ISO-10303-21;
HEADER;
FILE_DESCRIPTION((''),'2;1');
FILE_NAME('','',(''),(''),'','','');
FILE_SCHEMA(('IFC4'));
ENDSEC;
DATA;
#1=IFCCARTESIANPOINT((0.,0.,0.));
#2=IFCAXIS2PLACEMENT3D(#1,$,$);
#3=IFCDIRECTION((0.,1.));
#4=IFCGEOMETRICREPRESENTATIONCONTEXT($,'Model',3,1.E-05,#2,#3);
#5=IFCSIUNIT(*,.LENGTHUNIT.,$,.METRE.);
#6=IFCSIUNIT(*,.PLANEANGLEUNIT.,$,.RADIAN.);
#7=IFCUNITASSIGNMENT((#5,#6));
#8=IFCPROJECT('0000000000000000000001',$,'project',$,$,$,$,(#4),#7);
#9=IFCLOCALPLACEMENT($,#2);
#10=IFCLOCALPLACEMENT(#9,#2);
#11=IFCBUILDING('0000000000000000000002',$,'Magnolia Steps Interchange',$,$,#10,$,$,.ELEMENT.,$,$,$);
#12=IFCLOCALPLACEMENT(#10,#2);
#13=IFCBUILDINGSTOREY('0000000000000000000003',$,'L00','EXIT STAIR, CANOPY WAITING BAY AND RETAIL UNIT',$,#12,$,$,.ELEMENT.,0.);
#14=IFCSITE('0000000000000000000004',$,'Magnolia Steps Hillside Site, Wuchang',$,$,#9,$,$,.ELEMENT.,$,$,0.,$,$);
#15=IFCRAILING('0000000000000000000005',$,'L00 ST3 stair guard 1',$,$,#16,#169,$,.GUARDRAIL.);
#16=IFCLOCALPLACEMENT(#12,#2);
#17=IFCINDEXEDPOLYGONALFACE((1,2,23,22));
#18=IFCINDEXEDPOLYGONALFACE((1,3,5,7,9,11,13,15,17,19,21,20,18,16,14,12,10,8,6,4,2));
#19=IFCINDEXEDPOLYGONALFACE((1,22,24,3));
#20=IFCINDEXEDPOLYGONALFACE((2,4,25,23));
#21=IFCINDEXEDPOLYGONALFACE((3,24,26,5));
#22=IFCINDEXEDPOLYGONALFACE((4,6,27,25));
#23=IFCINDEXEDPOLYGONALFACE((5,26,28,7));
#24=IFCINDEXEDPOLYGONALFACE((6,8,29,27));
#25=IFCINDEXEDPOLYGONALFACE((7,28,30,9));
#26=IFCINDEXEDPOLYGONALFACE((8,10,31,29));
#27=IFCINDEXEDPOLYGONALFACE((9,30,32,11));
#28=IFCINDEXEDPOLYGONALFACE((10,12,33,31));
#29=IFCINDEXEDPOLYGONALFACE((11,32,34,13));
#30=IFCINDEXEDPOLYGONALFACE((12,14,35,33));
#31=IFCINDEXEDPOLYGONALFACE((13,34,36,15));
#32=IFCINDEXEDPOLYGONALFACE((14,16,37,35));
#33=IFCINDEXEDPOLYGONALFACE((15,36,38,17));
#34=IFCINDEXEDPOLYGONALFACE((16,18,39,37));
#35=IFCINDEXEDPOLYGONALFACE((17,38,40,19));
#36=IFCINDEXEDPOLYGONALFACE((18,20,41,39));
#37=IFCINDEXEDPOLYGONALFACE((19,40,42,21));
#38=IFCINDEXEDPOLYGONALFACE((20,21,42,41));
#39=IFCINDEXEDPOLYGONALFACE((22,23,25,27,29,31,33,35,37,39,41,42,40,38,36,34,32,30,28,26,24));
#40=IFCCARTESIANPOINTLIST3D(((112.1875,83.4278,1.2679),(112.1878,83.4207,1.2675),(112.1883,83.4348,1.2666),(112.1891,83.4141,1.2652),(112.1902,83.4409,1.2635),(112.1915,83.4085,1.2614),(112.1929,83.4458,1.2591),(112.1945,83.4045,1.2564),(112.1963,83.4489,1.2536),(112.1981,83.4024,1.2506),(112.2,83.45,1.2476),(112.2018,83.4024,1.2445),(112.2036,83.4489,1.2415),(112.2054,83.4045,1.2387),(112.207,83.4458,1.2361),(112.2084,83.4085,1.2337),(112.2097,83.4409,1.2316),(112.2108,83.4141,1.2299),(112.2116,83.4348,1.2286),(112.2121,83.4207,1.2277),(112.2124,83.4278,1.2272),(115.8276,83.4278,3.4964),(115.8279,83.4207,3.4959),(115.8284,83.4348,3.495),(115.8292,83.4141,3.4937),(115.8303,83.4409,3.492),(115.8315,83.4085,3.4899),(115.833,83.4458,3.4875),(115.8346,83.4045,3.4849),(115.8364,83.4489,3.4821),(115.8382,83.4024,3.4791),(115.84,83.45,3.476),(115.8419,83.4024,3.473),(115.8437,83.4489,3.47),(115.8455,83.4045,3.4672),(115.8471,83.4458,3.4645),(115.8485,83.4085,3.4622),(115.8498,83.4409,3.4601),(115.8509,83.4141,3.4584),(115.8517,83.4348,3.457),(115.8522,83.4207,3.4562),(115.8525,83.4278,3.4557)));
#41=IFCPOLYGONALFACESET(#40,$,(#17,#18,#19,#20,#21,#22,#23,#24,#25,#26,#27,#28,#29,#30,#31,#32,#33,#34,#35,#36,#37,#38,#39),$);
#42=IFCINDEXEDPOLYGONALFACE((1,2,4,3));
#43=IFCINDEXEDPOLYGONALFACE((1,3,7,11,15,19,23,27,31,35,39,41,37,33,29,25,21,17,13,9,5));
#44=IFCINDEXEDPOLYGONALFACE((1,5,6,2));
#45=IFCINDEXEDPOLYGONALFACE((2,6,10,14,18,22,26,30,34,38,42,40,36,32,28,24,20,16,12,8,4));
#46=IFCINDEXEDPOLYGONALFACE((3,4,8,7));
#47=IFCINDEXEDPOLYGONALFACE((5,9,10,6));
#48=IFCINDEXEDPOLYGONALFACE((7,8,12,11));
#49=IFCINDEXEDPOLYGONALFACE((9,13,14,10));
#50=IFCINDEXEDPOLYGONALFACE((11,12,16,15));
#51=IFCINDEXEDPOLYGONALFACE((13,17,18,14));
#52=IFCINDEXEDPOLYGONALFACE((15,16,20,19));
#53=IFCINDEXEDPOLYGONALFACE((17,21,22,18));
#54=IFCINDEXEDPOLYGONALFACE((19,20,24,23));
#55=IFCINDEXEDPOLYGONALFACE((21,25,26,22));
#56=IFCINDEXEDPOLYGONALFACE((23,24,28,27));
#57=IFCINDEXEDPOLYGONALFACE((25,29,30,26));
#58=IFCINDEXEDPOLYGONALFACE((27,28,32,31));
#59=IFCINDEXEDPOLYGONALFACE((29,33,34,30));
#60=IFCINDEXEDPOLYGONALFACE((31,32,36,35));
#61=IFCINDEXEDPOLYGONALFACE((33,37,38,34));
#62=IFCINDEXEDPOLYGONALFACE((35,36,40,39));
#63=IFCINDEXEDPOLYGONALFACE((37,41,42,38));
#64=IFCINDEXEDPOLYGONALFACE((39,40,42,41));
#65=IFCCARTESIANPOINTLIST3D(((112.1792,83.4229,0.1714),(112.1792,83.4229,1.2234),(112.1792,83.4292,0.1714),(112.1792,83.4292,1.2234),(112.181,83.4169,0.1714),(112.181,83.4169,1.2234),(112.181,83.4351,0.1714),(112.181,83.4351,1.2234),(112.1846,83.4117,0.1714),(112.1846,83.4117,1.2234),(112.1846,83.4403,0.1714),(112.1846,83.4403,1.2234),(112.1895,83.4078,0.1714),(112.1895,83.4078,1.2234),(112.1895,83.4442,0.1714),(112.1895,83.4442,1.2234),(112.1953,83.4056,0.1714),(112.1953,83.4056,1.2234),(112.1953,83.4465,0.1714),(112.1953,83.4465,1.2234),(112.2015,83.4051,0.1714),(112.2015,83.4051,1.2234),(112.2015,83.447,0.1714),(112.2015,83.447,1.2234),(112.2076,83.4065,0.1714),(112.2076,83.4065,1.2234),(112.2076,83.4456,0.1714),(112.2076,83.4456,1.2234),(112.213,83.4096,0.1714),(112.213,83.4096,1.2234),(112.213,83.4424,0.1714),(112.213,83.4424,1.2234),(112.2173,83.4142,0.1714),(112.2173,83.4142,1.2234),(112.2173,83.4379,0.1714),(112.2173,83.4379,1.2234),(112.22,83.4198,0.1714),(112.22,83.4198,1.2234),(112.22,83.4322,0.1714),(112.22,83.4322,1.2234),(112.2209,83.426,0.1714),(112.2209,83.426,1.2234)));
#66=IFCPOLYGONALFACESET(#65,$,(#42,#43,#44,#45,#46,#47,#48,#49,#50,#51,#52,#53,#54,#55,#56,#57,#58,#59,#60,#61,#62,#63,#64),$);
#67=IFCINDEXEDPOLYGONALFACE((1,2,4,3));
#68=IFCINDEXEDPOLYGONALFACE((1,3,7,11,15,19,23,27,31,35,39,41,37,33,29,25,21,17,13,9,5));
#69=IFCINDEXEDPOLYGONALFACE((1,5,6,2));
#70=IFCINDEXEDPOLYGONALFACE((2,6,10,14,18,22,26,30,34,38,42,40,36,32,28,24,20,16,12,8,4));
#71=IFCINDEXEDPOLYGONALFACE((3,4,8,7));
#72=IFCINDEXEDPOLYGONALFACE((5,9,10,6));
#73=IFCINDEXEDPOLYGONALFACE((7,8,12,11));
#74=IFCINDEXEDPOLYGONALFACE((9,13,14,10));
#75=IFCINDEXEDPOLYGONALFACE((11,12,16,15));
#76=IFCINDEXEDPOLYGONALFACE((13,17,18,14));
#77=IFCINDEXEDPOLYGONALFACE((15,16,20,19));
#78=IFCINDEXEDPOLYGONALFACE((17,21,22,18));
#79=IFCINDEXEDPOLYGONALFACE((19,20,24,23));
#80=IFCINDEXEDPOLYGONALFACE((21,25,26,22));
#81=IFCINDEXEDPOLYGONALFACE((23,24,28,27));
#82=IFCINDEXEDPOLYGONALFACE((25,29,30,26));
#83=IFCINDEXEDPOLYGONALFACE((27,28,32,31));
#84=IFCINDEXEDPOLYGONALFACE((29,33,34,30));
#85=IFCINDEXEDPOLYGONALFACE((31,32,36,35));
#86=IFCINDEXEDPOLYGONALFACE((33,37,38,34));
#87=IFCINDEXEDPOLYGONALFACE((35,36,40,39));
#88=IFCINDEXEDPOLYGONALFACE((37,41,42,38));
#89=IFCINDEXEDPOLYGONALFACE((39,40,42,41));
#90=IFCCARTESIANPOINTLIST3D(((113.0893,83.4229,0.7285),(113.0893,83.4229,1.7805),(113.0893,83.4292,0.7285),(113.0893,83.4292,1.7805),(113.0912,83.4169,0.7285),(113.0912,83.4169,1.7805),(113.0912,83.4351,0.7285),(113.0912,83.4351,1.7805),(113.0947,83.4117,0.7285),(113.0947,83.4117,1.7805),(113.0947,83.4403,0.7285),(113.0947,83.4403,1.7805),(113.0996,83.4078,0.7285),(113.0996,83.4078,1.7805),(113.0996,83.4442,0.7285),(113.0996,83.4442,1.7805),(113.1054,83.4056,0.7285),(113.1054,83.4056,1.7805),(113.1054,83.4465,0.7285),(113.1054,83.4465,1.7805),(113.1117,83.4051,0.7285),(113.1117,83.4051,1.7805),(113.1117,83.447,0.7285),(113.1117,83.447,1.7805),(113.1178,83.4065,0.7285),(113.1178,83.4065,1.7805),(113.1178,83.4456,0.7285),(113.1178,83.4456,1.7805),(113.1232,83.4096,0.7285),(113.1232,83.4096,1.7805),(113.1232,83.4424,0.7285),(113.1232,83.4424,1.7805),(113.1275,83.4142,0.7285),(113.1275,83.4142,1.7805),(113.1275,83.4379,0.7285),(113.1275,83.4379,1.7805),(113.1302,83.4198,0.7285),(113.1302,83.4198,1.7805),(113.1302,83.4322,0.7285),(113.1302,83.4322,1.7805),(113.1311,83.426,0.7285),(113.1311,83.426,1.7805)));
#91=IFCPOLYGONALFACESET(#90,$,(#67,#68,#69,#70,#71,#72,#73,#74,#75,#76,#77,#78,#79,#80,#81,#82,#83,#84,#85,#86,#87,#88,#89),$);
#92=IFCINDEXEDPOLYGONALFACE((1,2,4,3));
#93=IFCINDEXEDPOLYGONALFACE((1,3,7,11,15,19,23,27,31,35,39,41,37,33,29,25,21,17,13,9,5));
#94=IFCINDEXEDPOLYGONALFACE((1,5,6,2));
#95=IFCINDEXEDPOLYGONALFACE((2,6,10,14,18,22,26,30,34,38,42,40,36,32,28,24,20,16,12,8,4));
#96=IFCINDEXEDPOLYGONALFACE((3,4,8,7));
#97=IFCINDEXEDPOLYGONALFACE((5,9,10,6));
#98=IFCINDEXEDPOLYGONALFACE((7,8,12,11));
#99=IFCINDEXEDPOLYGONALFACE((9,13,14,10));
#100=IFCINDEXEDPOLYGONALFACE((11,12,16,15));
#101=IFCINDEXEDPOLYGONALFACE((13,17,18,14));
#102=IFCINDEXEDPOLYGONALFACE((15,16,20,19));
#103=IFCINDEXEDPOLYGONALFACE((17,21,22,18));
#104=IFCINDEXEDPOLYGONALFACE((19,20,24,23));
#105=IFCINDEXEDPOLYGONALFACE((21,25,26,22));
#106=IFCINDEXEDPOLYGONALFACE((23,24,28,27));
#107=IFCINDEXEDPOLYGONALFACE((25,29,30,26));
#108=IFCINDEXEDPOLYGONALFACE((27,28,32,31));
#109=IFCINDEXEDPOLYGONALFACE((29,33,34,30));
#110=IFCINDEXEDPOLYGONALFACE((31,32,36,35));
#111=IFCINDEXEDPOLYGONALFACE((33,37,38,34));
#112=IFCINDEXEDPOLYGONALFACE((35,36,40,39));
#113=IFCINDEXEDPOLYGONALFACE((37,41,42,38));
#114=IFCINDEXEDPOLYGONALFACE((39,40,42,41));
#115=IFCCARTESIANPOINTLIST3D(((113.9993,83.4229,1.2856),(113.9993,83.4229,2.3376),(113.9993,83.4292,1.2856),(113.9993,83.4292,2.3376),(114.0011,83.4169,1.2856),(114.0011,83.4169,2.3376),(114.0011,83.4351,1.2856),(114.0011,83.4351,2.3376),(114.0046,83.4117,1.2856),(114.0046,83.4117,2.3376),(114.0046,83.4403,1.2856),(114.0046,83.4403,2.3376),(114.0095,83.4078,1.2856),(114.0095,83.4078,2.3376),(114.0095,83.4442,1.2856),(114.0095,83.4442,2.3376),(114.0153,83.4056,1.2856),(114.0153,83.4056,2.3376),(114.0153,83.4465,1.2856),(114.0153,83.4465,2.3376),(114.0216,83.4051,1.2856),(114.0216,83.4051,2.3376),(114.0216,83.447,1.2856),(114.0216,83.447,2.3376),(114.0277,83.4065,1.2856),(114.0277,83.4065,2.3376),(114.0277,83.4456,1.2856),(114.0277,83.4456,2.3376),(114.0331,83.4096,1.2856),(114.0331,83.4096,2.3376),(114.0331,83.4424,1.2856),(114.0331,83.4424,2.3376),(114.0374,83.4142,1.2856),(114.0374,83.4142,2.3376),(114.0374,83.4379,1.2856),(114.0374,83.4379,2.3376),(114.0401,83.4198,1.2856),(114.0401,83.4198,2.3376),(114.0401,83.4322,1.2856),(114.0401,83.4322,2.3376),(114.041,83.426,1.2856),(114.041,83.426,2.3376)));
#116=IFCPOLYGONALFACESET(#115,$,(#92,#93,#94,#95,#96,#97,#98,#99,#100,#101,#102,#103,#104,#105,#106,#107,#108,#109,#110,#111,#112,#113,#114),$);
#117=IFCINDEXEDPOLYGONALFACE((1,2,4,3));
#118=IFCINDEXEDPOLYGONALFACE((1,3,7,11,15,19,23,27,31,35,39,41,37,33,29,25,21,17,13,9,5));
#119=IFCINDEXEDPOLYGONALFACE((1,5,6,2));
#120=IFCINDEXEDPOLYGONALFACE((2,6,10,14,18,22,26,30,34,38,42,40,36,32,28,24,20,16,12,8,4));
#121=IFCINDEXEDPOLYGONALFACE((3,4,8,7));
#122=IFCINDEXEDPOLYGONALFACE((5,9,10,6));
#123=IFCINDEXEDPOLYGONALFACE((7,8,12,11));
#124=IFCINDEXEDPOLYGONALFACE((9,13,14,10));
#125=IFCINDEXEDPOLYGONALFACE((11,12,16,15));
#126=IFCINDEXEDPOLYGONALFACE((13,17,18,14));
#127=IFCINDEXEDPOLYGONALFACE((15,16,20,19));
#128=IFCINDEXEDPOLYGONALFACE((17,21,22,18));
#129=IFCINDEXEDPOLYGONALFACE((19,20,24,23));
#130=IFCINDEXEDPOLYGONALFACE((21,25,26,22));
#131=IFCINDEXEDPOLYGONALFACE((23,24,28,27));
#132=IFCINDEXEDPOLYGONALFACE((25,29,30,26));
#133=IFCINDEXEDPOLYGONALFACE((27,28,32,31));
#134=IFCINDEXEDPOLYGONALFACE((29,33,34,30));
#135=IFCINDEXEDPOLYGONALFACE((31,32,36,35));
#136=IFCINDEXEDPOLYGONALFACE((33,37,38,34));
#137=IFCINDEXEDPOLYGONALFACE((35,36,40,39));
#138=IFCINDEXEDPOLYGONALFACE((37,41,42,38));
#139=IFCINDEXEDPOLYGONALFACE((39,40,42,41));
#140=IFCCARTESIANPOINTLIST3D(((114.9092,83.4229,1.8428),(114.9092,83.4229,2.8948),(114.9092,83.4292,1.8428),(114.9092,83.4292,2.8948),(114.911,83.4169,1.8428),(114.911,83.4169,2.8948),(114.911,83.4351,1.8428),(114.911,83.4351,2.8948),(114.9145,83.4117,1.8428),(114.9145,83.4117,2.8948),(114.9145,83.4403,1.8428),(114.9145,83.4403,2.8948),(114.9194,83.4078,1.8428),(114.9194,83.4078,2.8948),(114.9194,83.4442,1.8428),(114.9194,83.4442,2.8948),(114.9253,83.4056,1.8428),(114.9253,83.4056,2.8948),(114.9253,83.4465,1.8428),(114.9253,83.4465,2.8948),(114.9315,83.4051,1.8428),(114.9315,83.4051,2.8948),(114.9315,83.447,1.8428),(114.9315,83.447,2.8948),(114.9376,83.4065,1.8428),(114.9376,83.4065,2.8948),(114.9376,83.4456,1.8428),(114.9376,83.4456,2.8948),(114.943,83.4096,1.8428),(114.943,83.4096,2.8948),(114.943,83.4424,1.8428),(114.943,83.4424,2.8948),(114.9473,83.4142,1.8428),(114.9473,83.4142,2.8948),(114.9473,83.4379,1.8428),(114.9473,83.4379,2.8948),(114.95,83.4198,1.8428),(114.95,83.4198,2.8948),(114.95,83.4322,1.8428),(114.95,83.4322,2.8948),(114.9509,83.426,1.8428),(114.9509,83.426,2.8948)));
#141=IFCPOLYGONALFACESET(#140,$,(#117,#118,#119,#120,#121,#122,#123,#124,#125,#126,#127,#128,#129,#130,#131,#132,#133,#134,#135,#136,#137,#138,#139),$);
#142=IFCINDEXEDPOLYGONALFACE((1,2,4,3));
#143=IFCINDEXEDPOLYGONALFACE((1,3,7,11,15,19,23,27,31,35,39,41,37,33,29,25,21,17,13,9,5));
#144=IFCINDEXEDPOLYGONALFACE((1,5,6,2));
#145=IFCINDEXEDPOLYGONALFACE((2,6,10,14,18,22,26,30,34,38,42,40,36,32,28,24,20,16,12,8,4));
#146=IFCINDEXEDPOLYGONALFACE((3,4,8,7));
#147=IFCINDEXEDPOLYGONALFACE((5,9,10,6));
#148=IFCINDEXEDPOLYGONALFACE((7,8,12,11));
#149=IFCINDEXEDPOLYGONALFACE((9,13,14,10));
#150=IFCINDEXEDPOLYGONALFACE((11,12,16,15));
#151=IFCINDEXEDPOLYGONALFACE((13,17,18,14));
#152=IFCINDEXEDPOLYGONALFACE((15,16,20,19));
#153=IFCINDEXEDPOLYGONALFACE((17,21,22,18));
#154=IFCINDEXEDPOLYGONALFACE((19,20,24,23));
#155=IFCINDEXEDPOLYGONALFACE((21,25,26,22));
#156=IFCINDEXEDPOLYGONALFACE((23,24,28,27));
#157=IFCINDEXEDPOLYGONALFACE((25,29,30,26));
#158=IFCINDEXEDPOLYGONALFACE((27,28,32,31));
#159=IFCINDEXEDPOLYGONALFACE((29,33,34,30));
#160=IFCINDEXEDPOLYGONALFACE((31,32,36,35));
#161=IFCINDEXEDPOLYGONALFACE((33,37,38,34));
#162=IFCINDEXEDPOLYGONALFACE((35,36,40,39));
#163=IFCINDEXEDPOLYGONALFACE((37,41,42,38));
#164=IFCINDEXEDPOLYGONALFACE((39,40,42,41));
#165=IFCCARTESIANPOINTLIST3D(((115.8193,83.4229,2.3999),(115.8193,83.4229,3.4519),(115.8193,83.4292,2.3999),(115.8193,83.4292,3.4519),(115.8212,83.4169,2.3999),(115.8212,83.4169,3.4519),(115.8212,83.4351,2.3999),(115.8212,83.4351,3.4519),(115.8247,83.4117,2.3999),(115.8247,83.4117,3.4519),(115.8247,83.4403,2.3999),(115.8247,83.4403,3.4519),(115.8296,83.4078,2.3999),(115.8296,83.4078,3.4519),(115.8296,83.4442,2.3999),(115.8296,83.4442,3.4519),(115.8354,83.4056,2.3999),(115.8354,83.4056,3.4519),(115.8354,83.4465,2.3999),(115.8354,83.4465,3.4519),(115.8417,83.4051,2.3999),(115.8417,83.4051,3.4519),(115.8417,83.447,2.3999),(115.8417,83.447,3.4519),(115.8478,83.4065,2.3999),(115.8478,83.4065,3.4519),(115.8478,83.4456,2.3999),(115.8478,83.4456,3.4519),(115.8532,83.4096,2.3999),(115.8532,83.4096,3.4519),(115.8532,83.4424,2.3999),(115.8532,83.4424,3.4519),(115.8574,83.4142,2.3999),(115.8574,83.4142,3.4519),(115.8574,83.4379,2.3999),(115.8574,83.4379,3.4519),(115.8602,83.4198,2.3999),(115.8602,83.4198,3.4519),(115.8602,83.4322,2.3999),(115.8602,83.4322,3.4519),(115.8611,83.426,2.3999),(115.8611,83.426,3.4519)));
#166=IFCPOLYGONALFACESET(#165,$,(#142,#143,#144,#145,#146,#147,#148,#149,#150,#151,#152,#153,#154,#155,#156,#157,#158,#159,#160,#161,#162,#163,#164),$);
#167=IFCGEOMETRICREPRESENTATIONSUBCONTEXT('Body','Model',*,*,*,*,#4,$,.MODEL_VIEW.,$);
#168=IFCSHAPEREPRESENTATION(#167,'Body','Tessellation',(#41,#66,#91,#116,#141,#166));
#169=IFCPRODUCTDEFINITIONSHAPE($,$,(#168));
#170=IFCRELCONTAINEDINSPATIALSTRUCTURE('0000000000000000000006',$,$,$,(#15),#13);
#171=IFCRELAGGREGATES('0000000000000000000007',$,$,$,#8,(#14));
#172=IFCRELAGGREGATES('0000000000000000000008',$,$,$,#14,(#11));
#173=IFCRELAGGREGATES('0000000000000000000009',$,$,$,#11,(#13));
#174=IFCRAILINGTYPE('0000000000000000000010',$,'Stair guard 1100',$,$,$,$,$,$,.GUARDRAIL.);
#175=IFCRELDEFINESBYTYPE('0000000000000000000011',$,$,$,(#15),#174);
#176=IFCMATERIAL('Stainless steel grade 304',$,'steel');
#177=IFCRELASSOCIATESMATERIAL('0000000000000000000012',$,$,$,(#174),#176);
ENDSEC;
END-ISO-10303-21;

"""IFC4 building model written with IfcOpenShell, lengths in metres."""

from ifc_helpers import new_model, si_unit, direction, frame, origin, origin_2d, place, context, subcontext, project, spatial, circle, extrude, material, type_object, element, save


model = new_model("IFC4")

# Units and contexts
model_context = context("Model", 3, precision=1e-05, world=origin(), true_north=direction((0.0, 1.0)))
body_context = subcontext(model_context, "Body", "Model", "MODEL_VIEW")
ifc_project = project(units=[si_unit("LENGTHUNIT", "METRE"), si_unit("PLANEANGLEUNIT", "RADIAN")], contexts=[model_context])

# Site, building, storey
site_placement = place(None, origin())
site = spatial("IfcSite", under=ifc_project, at=site_placement, Name="Magnolia Steps Hillside Site, Wuchang", CompositionType="ELEMENT", RefElevation=0.0)
building_placement = place(site_placement, origin())
building = spatial("IfcBuilding", under=site, at=building_placement, Name="Magnolia Steps Interchange", CompositionType="ELEMENT")
storey_placement = place(building_placement, origin())
storey = spatial("IfcBuildingStorey", under=building, at=storey_placement, Name="L00", Description="EXIT STAIR, CANOPY WAITING BAY AND RETAIL UNIT", CompositionType="ELEMENT", Elevation=0.0)

# Railing
ifc_material_1 = material(Name="Stainless steel grade 304", Category="steel")
railing_type_1 = type_object("IfcRailingType", Name="Stair guard 1100", PredefinedType="GUARDRAIL", material=ifc_material_1)
railing_1_placement = place(storey_placement, frame((112.2, 83.426, 0.1714)))
element("IfcRailing", 1, at=railing_1_placement, inside=storey, type_object=railing_type_1, Name="L00 ST3 stair guard 1", PredefinedType="GUARDRAIL", context=body_context, shape_type="SweptSolid", body=[
    extrude(circle(Radius=0.0239, at=origin_2d()), frame((0.0, 0.0, 1.0762), z_axis=(0.852866, 0.0, 0.52213), x_axis=(0.0, 1.0, 0.0)), (0.0, 0.0, 1.0), 4.2681),
    extrude(circle(Radius=0.021, at=origin_2d()), origin(), (0.0, 0.0, 1.0), 1.052),
    extrude(circle(Radius=0.021, at=origin_2d()), frame((0.9102, 0.0, 0.5571)), (0.0, 0.0, 1.0), 1.052),
    extrude(circle(Radius=0.021, at=origin_2d()), frame((1.8201, 0.0, 1.1143)), (0.0, 0.0, 1.0), 1.052),
    extrude(circle(Radius=0.021, at=origin_2d()), frame((2.73, 0.0, 1.6714)), (0.0, 0.0, 1.0), 1.052),
    extrude(circle(Radius=0.021, at=origin_2d()), frame((3.6401, 0.0, 2.2285)), (0.0, 0.0, 1.0), 1.052),
])

save(model, "model.ifc")
